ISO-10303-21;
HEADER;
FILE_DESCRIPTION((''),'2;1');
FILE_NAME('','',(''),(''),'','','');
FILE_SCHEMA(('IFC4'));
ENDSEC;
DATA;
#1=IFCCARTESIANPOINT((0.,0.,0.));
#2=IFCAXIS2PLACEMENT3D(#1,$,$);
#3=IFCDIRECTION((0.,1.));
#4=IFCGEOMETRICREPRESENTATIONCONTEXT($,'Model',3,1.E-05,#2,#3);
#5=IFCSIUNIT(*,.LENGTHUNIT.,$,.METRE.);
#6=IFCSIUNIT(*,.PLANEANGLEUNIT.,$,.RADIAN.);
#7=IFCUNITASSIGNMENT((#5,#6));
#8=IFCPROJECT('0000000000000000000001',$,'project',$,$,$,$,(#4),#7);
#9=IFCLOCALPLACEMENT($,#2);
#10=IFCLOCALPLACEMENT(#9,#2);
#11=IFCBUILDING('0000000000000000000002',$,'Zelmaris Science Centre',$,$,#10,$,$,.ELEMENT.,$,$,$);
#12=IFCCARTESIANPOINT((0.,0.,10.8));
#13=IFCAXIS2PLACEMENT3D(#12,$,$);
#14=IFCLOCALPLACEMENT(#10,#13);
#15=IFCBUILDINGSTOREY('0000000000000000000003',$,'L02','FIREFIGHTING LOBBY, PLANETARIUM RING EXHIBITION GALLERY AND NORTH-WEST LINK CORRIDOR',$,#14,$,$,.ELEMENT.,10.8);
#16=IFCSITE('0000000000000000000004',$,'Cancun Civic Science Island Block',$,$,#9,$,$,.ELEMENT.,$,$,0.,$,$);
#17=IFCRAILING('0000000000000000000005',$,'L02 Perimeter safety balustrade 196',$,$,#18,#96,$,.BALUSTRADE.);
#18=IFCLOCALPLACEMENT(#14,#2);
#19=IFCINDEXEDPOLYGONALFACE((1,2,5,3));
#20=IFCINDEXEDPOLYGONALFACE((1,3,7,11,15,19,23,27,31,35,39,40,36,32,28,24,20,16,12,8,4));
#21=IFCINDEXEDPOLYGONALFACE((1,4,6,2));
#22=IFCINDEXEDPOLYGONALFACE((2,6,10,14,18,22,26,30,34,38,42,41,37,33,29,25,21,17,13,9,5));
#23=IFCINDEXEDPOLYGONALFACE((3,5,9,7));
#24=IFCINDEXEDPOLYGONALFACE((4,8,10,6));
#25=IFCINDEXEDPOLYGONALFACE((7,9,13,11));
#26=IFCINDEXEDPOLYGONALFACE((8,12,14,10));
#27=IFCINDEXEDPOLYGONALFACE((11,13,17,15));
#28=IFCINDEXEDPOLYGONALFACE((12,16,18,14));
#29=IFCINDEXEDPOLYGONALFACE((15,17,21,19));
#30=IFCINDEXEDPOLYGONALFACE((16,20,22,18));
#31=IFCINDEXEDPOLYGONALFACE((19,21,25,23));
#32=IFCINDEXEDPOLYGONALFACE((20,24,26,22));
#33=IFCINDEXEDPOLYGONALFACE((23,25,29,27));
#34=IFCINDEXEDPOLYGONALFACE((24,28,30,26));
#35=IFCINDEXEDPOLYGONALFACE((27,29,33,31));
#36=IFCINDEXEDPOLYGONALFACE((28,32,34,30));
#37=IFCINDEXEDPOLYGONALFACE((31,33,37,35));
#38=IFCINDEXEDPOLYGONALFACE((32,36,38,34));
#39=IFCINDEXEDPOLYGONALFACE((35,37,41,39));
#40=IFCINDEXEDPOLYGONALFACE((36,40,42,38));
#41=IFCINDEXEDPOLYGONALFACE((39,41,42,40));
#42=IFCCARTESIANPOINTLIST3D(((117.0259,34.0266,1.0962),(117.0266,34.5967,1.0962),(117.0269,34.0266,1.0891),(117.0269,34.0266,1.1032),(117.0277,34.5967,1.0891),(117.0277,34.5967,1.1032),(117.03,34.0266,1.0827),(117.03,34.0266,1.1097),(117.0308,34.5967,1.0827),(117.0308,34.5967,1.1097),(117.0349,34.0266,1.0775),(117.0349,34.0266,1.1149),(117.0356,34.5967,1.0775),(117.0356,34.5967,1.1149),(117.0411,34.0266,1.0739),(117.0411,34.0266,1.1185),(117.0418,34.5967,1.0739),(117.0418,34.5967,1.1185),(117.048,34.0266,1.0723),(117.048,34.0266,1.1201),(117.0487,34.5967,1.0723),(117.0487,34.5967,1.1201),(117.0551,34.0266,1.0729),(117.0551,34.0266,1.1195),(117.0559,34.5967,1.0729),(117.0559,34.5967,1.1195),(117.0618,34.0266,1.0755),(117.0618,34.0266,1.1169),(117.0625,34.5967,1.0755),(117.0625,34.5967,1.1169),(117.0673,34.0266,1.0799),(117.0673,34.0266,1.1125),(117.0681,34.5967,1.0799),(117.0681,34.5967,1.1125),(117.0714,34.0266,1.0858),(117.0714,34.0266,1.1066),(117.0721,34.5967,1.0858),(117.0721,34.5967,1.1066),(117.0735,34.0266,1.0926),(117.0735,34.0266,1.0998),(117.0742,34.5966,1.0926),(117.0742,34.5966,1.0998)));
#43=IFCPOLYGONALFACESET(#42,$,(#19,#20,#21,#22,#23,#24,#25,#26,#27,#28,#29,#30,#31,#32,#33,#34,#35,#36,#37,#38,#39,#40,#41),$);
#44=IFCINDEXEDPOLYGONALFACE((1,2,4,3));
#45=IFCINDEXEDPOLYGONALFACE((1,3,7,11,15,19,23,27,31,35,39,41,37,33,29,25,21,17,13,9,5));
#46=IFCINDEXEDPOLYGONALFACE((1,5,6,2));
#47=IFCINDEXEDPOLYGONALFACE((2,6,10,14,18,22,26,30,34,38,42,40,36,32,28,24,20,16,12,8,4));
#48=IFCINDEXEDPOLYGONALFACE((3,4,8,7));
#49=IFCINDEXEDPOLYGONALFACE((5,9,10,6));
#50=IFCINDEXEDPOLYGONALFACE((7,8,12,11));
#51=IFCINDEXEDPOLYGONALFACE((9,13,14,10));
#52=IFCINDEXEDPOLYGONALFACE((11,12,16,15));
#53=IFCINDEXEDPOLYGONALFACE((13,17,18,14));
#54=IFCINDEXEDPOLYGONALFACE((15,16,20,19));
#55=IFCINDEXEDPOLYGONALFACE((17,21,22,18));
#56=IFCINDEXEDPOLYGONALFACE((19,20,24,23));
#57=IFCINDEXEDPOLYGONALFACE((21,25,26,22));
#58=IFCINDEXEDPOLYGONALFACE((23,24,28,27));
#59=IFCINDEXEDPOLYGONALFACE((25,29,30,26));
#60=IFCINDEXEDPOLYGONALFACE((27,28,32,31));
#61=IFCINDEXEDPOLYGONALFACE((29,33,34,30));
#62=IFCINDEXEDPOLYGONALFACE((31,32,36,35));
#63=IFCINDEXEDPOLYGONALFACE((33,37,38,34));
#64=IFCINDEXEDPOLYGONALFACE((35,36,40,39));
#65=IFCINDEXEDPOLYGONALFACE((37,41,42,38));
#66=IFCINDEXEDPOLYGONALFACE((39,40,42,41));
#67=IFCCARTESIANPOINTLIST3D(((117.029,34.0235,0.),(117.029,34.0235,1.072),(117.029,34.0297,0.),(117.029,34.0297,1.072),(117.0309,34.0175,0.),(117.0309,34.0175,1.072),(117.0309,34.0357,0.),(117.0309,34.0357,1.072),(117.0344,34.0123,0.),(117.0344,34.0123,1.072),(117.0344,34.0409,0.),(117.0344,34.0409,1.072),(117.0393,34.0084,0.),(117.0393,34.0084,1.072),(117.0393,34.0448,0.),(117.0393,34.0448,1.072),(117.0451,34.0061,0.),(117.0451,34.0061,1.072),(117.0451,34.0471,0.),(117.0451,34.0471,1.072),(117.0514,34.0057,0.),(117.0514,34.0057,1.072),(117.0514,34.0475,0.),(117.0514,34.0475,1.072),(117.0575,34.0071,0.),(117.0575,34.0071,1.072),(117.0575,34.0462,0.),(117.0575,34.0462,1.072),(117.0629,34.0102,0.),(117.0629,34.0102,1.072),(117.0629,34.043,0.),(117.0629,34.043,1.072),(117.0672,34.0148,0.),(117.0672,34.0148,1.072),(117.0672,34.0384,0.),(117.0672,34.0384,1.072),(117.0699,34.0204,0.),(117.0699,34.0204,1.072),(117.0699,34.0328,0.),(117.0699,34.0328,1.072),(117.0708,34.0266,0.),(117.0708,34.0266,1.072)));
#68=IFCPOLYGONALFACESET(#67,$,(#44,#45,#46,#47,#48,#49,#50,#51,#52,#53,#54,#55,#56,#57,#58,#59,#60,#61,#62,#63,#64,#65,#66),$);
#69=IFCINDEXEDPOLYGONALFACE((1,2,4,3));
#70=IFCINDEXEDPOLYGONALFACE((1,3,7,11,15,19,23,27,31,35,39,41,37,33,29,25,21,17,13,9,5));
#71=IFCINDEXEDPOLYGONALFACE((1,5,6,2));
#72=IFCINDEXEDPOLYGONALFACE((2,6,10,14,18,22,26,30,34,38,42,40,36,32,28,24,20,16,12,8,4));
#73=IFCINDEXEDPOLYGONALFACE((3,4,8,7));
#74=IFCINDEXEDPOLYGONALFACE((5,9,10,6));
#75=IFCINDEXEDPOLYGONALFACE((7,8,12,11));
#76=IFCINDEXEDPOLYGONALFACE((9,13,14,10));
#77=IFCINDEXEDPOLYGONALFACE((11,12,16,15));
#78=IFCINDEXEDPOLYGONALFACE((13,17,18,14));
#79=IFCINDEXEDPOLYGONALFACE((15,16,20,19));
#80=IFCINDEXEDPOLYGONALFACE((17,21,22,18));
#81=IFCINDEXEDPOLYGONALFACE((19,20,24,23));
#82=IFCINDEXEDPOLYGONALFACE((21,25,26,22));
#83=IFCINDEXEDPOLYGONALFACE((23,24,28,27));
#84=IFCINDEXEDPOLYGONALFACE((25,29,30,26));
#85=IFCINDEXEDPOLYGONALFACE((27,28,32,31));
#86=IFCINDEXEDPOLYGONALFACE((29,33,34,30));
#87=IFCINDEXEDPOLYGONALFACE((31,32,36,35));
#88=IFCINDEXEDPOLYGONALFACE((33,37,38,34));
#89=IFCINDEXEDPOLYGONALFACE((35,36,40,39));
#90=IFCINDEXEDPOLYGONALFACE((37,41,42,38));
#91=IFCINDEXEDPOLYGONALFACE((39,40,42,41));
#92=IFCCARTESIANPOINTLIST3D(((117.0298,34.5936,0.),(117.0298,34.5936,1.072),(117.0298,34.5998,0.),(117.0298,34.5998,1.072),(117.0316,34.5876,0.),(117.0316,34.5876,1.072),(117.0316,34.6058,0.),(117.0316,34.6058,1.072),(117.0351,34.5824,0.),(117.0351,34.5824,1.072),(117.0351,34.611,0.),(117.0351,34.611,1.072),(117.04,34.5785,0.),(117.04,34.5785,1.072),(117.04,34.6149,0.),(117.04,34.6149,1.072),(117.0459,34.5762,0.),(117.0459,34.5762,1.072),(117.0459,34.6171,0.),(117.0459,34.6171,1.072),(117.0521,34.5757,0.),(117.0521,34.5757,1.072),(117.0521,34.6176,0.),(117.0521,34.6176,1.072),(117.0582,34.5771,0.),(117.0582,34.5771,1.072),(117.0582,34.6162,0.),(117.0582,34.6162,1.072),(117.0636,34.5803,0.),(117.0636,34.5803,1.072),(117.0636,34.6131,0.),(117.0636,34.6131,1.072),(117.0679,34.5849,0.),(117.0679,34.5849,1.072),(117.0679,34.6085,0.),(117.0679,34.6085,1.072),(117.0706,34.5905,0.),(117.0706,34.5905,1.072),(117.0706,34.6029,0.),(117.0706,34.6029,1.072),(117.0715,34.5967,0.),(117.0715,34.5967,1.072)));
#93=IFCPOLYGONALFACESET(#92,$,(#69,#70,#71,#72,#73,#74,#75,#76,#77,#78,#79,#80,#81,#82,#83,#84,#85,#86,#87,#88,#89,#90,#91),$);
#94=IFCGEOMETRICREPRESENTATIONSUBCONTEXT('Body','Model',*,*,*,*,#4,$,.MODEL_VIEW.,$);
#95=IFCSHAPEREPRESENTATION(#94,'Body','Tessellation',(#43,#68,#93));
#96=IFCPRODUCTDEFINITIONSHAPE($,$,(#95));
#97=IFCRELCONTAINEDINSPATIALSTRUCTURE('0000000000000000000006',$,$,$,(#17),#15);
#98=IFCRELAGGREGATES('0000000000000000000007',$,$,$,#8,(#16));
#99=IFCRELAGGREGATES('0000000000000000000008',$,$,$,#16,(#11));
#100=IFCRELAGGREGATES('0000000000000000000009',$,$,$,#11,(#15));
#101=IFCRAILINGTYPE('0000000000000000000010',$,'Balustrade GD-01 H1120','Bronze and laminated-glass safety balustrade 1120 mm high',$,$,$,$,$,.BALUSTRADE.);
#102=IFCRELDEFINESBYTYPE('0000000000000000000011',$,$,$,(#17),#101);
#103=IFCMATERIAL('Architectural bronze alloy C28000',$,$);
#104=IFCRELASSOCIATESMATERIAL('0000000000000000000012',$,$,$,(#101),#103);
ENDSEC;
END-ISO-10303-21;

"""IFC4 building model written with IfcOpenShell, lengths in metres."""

from ifc_helpers import new_model, si_unit, direction, frame, origin, origin_2d, place, context, subcontext, project, spatial, circle, extrude, material, type_object, element, save


model = new_model("IFC4")

# Units and contexts
model_context = context("Model", 3, precision=1e-05, world=origin(), true_north=direction((0.0, 1.0)))
body_context = subcontext(model_context, "Body", "Model", "MODEL_VIEW")
ifc_project = project(units=[si_unit("LENGTHUNIT", "METRE"), si_unit("PLANEANGLEUNIT", "RADIAN")], contexts=[model_context])

# Site, building, storey
site_placement = place(None, origin())
site = spatial("IfcSite", under=ifc_project, at=site_placement, Name="Cancun Civic Science Island Block", CompositionType="ELEMENT", RefElevation=0.0)
building_placement = place(site_placement, origin())
building = spatial("IfcBuilding", under=site, at=building_placement, Name="Zelmaris Science Centre", CompositionType="ELEMENT")
storey_placement = place(building_placement, frame((0.0, 0.0, 10.8)))
storey = spatial("IfcBuildingStorey", under=building, at=storey_placement, Name="L02", Description="FIREFIGHTING LOBBY, PLANETARIUM RING EXHIBITION GALLERY AND NORTH-WEST LINK CORRIDOR", CompositionType="ELEMENT", Elevation=10.8)

# Railing
ifc_material_1 = material(Name="Architectural bronze alloy C28000")
railing_type = type_object("IfcRailingType", Name="Balustrade GD-01 H1120", Description="Bronze and laminated-glass safety balustrade 1120 mm high", PredefinedType="BALUSTRADE", material=ifc_material_1)
railing_1_placement = place(storey_placement, frame((117.0498, 34.0266, 0.0)))
element("IfcRailing", 1, at=railing_1_placement, inside=storey, type_object=railing_type, Name="L02 Perimeter safety balustrade 196", PredefinedType="BALUSTRADE", context=body_context, shape_type="SweptSolid", body=[
    extrude(circle(Radius=0.0239, at=origin_2d()), frame((0.0, 0.0, 1.0962), z_axis=(0.001285, 0.999999, 0.0), x_axis=(-0.999999, 0.001285, 0.0)), (0.0, 0.0, 1.0), 0.5701),
    extrude(circle(Radius=0.021, at=origin_2d()), origin(), (0.0, 0.0, 1.0), 1.072),
    extrude(circle(Radius=0.021, at=origin_2d()), frame((0.0007, 0.5701, 0.0)), (0.0, 0.0, 1.0), 1.072),
])

save(model, "model.ifc")
